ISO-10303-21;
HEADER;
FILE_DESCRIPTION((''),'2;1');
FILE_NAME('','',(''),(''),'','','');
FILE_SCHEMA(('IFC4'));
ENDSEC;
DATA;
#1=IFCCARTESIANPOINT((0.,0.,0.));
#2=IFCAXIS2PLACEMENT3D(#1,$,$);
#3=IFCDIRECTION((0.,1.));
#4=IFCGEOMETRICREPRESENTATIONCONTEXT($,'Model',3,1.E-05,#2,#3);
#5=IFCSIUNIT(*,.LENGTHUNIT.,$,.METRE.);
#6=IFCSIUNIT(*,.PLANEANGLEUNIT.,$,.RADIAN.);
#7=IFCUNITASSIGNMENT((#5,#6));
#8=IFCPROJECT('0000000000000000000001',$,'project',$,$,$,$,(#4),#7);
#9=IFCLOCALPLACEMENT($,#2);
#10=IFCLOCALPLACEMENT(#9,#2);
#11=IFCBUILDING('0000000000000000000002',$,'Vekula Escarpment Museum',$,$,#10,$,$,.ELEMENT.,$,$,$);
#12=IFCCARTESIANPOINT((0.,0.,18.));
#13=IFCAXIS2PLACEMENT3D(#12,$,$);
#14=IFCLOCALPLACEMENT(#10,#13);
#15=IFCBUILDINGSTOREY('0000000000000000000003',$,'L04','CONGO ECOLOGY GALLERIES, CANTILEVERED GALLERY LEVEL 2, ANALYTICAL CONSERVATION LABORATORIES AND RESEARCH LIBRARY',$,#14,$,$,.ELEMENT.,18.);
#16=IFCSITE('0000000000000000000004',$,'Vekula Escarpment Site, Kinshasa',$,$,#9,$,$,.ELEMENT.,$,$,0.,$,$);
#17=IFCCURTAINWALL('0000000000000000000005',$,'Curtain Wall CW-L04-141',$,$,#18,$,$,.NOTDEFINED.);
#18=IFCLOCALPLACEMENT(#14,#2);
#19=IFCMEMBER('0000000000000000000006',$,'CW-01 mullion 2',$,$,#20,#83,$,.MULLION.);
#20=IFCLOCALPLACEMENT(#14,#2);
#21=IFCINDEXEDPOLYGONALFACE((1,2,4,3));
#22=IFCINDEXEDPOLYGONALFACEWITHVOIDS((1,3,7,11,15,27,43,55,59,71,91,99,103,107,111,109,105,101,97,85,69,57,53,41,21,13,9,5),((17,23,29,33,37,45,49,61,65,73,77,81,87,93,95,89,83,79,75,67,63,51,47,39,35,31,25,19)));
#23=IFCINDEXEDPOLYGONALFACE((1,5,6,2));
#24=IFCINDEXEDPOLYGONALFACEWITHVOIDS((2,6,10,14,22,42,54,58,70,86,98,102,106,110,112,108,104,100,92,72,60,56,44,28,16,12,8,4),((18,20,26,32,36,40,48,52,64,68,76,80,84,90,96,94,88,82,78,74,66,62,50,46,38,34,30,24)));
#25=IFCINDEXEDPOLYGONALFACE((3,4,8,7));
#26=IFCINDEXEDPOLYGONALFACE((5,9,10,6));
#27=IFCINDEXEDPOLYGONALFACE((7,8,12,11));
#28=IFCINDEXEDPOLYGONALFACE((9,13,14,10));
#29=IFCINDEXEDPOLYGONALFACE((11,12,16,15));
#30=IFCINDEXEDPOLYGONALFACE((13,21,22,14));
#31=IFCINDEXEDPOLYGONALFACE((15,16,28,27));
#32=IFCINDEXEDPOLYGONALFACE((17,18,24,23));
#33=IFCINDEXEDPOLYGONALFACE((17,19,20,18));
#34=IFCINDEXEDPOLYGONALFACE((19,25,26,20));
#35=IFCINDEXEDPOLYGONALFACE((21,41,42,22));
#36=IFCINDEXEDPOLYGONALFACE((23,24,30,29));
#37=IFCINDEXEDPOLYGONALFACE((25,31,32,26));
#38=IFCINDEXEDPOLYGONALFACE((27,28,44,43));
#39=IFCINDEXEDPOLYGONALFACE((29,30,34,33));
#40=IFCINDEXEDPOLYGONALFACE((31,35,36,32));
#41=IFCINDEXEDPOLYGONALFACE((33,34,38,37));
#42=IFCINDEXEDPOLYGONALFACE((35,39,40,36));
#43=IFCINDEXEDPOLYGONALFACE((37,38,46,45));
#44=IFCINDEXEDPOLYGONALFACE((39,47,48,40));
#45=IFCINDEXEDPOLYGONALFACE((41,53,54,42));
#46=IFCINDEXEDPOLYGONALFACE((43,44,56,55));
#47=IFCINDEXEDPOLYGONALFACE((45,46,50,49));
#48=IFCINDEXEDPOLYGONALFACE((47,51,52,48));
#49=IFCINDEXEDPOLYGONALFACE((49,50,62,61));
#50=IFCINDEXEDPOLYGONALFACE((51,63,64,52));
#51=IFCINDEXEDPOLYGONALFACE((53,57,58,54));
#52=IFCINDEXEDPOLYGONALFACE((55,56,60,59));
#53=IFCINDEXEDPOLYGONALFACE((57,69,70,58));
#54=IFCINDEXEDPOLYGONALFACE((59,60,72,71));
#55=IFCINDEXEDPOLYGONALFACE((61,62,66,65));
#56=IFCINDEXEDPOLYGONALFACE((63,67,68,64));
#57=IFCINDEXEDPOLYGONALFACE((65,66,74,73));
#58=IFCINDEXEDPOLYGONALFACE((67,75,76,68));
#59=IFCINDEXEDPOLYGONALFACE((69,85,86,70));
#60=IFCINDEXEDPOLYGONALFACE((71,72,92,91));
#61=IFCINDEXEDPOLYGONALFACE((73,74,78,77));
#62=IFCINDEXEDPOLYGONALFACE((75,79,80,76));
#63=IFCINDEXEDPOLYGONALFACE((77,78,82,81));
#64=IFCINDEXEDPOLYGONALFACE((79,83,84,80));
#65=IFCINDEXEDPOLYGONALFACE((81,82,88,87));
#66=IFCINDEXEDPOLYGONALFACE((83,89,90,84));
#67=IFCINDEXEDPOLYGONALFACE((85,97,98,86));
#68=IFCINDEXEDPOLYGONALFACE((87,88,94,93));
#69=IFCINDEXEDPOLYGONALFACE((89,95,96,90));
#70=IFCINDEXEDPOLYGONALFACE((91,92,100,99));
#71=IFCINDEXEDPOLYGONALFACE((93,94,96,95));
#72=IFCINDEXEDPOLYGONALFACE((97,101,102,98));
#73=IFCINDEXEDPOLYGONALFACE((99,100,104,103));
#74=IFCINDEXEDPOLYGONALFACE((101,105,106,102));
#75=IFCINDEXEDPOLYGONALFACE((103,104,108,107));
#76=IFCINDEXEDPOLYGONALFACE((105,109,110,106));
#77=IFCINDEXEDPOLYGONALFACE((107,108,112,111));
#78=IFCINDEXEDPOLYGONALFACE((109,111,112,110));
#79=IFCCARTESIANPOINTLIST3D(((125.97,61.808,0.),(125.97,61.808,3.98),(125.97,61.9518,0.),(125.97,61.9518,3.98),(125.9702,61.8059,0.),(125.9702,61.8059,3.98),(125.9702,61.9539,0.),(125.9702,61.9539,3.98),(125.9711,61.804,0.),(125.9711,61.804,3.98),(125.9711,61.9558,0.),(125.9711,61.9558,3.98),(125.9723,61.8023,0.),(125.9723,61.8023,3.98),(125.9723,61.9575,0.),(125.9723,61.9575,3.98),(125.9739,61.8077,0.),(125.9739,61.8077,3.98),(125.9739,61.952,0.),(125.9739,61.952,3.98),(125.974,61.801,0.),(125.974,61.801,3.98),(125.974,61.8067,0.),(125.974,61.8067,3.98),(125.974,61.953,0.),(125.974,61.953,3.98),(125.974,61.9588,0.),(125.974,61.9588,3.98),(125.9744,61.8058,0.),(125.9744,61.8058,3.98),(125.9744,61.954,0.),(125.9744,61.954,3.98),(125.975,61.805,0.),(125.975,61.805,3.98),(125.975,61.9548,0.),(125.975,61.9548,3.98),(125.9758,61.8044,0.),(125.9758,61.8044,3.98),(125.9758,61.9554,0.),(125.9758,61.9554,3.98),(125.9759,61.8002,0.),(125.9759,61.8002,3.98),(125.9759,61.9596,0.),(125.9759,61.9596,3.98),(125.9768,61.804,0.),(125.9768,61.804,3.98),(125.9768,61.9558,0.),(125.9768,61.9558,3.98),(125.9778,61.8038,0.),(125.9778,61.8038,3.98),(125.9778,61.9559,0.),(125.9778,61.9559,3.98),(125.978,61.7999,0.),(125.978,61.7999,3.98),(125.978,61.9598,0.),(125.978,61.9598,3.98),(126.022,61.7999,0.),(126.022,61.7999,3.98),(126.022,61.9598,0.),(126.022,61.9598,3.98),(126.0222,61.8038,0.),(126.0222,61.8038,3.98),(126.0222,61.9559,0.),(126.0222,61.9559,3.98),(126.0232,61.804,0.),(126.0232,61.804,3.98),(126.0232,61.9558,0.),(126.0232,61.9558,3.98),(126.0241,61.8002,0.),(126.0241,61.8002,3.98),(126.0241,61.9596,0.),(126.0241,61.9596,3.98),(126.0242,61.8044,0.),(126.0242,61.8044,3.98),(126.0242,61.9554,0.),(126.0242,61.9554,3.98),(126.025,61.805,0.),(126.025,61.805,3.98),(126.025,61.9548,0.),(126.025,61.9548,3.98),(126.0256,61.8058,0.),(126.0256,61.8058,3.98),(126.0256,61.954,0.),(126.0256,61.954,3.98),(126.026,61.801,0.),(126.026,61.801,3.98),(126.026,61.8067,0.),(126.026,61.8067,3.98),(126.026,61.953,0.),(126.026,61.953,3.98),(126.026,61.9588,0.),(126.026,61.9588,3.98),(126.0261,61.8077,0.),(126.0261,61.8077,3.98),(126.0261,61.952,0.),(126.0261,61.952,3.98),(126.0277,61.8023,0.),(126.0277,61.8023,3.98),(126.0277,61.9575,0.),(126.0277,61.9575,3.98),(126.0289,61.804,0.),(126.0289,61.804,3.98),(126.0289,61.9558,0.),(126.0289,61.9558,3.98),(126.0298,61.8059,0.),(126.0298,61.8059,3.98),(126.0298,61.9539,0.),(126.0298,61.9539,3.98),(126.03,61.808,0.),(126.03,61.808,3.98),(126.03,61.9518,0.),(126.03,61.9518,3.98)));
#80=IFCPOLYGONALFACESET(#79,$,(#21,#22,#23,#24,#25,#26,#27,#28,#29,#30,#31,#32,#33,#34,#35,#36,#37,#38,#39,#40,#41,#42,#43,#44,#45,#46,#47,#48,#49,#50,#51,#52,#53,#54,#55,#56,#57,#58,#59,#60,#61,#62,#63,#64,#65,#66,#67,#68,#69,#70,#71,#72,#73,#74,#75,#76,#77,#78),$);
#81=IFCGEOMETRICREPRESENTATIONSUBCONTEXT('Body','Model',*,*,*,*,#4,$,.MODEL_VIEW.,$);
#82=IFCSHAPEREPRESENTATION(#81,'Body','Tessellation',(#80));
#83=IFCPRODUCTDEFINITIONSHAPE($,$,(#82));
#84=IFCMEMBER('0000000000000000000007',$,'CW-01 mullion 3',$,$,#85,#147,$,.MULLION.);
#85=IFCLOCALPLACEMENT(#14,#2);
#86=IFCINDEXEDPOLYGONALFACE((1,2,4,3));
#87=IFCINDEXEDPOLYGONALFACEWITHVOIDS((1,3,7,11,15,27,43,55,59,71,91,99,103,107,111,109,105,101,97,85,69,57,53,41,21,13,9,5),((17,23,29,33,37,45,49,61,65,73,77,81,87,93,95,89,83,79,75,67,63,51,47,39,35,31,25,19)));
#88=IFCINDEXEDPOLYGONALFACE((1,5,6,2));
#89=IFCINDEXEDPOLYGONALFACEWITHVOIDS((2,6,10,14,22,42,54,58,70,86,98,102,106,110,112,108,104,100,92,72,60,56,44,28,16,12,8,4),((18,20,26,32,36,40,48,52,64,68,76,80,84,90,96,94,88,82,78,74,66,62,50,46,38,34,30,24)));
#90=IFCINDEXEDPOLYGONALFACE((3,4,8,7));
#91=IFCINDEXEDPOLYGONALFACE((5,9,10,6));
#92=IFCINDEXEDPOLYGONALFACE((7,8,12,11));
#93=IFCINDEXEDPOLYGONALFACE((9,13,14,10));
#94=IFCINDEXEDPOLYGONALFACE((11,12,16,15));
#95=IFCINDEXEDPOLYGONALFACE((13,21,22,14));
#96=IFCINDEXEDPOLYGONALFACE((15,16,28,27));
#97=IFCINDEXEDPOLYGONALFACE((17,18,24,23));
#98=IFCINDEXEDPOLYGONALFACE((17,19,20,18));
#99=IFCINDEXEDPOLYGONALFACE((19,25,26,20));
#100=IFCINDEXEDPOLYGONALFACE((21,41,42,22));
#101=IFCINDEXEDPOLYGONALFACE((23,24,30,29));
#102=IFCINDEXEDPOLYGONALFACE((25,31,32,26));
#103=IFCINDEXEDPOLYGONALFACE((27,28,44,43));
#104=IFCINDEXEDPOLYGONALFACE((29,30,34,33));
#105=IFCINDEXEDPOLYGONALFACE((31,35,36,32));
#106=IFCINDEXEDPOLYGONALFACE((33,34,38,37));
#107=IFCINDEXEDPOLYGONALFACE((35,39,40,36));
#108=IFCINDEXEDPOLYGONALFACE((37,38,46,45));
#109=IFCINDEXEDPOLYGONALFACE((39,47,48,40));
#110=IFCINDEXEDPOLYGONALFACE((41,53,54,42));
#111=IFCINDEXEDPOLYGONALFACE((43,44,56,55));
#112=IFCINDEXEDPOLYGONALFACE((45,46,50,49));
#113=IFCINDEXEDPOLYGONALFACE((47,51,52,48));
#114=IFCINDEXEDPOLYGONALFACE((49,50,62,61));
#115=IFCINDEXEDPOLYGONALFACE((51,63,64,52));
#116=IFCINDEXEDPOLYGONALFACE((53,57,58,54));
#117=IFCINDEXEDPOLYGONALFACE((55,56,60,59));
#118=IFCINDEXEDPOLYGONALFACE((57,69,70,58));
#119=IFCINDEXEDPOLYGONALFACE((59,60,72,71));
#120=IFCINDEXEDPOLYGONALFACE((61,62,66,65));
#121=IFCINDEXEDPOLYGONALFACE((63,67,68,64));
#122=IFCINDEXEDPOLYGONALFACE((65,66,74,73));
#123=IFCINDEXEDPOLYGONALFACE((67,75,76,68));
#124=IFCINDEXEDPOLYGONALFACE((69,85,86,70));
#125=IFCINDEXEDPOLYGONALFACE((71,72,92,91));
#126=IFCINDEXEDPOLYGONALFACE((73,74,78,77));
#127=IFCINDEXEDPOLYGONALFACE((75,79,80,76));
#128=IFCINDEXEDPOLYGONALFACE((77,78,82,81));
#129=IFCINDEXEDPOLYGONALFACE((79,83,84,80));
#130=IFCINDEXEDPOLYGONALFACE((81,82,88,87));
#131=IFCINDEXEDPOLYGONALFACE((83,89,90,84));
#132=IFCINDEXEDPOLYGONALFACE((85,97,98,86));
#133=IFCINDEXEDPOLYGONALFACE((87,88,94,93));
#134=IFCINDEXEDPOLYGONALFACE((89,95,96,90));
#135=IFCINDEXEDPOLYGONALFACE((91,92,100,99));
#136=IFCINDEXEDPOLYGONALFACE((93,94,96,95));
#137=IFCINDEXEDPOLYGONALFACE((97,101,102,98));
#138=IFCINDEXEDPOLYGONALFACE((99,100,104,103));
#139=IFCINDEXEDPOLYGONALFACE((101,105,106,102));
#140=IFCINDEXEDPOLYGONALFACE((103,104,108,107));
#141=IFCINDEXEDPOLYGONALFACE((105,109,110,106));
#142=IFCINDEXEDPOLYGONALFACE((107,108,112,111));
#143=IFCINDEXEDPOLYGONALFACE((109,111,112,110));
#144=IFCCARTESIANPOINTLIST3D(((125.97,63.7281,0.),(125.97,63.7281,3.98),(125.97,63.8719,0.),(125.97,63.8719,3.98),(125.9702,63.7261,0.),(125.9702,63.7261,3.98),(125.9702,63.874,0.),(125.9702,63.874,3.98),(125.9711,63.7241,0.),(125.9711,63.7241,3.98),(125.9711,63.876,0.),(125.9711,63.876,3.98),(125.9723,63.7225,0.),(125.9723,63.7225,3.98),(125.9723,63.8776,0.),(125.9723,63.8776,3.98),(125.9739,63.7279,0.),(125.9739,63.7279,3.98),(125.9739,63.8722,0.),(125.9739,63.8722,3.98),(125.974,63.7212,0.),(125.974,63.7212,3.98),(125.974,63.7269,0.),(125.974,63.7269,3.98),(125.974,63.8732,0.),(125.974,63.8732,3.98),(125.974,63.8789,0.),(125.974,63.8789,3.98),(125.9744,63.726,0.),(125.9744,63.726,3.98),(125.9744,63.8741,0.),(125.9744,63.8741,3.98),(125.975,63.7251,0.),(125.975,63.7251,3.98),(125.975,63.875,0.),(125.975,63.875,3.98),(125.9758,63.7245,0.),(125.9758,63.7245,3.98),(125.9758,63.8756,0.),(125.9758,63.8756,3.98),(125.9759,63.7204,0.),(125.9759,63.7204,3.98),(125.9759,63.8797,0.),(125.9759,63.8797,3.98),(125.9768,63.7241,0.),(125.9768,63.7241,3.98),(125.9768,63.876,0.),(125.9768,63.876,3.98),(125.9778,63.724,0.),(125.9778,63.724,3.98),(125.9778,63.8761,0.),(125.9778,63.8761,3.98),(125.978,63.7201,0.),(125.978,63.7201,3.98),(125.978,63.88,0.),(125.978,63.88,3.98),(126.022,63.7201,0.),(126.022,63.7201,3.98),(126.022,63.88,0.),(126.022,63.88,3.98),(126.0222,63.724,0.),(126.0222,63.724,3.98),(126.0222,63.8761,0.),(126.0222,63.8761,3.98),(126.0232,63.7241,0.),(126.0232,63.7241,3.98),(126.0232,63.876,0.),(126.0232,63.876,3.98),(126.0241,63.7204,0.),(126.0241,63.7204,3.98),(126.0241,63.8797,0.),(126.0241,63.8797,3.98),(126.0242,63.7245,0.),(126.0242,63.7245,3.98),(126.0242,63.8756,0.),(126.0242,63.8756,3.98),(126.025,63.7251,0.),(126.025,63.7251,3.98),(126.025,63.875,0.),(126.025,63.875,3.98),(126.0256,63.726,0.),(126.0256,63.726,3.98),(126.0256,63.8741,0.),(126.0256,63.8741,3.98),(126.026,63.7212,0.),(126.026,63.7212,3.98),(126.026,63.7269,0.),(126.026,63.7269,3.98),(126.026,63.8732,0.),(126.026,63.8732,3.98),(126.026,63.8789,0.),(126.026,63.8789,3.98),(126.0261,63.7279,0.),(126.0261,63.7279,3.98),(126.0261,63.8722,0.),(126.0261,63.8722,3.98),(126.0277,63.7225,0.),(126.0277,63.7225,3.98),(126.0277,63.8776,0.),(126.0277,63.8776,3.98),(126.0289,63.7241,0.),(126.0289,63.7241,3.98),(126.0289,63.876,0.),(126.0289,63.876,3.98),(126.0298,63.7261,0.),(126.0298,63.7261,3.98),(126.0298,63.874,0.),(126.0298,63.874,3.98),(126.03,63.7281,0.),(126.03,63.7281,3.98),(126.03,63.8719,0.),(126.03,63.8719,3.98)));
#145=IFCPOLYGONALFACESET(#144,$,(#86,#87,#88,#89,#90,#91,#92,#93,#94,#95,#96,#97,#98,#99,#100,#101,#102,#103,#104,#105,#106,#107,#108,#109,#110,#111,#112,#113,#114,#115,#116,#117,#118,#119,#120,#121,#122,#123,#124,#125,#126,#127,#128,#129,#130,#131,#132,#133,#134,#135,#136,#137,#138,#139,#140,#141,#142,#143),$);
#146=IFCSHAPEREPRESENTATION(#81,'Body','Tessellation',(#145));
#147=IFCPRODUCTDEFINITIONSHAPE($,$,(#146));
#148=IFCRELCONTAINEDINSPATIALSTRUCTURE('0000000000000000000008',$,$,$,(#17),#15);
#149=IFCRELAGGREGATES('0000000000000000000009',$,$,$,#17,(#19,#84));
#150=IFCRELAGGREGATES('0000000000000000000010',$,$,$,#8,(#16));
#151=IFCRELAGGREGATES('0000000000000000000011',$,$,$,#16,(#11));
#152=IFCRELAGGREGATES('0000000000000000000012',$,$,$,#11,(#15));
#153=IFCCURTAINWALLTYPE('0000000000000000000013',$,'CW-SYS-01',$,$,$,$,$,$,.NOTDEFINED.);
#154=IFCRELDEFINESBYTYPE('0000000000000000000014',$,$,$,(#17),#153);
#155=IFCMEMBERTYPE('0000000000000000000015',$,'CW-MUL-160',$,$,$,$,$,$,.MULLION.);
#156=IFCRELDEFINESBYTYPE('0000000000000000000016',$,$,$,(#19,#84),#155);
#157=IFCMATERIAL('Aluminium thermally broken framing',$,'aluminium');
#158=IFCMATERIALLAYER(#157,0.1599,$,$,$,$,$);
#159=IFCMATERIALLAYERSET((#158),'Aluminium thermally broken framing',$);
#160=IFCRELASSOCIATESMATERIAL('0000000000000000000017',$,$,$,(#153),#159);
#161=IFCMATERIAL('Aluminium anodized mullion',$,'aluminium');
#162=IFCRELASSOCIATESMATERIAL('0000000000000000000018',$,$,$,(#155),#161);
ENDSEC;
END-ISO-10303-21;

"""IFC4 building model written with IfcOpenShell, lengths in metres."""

from ifc_helpers import new_model, si_unit, direction, frame, origin, origin_2d, place, context, subcontext, project, spatial, hollow_rectangle, extrude, material, layer, layer_set, material_profile, profile_set, type_object, element, aggregate, save


model = new_model("IFC4")

# Units and contexts
model_context = context("Model", 3, precision=1e-05, world=origin(), true_north=direction((0.0, 1.0)))
body_context = subcontext(model_context, "Body", "Model", "MODEL_VIEW")
ifc_project = project(units=[si_unit("LENGTHUNIT", "METRE"), si_unit("PLANEANGLEUNIT", "RADIAN")], contexts=[model_context])

# Site, building, storey
site_placement = place(None, origin())
site = spatial("IfcSite", under=ifc_project, at=site_placement, Name="Vekula Escarpment Site, Kinshasa", CompositionType="ELEMENT", RefElevation=0.0)
building_placement = place(site_placement, origin())
building = spatial("IfcBuilding", under=site, at=building_placement, Name="Vekula Escarpment Museum", CompositionType="ELEMENT")
storey_placement = place(building_placement, frame((0.0, 0.0, 18.0)))
storey = spatial("IfcBuildingStorey", under=building, at=storey_placement, Name="L04", Description="CONGO ECOLOGY GALLERIES, CANTILEVERED GALLERY LEVEL 2, ANALYTICAL CONSERVATION LABORATORIES AND RESEARCH LIBRARY", CompositionType="ELEMENT", Elevation=18.0)

# Curtain wall, members
ifc_material_1 = material(Name="Aluminium thermally broken framing", Category="aluminium")
ifc_layer_1 = layer(ifc_material_1, 0.1599)
ifc_layer_set_1 = layer_set([ifc_layer_1], Name="Aluminium thermally broken framing")
curtain_wall_type = type_object("IfcCurtainWallType", Name="CW-SYS-01", PredefinedType="NOTDEFINED", material=ifc_layer_set_1)
curtain_wall_placement = place(storey_placement, origin())
curtain_wall = element("IfcCurtainWall", 1, at=curtain_wall_placement, inside=storey, type_object=curtain_wall_type, Name="Curtain Wall CW-L04-141", PredefinedType="NOTDEFINED")
ifc_material_2 = material(Name="Aluminium anodized mullion", Category="aluminium")
ifc_material_profile_1 = material_profile(ifc_material_2, hollow_rectangle(XDim=0.0601, YDim=0.1599, WallThickness=0.0039, InnerFilletRadius=0.0039, OuterFilletRadius=0.0081, at=origin_2d()), Name="ALU 160x60x4")
ifc_profile_set_1 = profile_set([ifc_material_profile_1], Name="Aluminium anodized mullion")
member_type_1 = type_object("IfcMemberType", Name="CW-MUL-160", PredefinedType="MULLION", material=ifc_profile_set_1)
member_1_placement = place(storey_placement, frame((126.0, 61.8799, 0.0), z_axis=(0.0, 0.0, 1.0), x_axis=(-1.0, 0.0, 0.0)))
member_1 = element("IfcMember", 2, at=member_1_placement, type_object=member_type_1, Name="CW-01 mullion 2", PredefinedType="MULLION", context=body_context, shape_type="SweptSolid", body=[
    extrude(hollow_rectangle(XDim=0.0601, YDim=0.1599, WallThickness=0.0039, InnerFilletRadius=0.0039, OuterFilletRadius=0.0081, at=origin_2d()), origin(), (0.0, 0.0, 1.0), 3.98),
])
member_2_placement = place(storey_placement, frame((126.0, 63.8, 0.0), z_axis=(0.0, 0.0, 1.0), x_axis=(-1.0, 0.0, 0.0)))
member_2 = element("IfcMember", 3, at=member_2_placement, type_object=member_type_1, Name="CW-01 mullion 3", PredefinedType="MULLION", context=body_context, shape_type="SweptSolid", body=[
    extrude(hollow_rectangle(XDim=0.0601, YDim=0.1599, WallThickness=0.0039, InnerFilletRadius=0.0039, OuterFilletRadius=0.0081, at=origin_2d()), origin(), (0.0, 0.0, 1.0), 3.98),
])
aggregate(curtain_wall, [member_1, member_2])

save(model, "model.ifc")
